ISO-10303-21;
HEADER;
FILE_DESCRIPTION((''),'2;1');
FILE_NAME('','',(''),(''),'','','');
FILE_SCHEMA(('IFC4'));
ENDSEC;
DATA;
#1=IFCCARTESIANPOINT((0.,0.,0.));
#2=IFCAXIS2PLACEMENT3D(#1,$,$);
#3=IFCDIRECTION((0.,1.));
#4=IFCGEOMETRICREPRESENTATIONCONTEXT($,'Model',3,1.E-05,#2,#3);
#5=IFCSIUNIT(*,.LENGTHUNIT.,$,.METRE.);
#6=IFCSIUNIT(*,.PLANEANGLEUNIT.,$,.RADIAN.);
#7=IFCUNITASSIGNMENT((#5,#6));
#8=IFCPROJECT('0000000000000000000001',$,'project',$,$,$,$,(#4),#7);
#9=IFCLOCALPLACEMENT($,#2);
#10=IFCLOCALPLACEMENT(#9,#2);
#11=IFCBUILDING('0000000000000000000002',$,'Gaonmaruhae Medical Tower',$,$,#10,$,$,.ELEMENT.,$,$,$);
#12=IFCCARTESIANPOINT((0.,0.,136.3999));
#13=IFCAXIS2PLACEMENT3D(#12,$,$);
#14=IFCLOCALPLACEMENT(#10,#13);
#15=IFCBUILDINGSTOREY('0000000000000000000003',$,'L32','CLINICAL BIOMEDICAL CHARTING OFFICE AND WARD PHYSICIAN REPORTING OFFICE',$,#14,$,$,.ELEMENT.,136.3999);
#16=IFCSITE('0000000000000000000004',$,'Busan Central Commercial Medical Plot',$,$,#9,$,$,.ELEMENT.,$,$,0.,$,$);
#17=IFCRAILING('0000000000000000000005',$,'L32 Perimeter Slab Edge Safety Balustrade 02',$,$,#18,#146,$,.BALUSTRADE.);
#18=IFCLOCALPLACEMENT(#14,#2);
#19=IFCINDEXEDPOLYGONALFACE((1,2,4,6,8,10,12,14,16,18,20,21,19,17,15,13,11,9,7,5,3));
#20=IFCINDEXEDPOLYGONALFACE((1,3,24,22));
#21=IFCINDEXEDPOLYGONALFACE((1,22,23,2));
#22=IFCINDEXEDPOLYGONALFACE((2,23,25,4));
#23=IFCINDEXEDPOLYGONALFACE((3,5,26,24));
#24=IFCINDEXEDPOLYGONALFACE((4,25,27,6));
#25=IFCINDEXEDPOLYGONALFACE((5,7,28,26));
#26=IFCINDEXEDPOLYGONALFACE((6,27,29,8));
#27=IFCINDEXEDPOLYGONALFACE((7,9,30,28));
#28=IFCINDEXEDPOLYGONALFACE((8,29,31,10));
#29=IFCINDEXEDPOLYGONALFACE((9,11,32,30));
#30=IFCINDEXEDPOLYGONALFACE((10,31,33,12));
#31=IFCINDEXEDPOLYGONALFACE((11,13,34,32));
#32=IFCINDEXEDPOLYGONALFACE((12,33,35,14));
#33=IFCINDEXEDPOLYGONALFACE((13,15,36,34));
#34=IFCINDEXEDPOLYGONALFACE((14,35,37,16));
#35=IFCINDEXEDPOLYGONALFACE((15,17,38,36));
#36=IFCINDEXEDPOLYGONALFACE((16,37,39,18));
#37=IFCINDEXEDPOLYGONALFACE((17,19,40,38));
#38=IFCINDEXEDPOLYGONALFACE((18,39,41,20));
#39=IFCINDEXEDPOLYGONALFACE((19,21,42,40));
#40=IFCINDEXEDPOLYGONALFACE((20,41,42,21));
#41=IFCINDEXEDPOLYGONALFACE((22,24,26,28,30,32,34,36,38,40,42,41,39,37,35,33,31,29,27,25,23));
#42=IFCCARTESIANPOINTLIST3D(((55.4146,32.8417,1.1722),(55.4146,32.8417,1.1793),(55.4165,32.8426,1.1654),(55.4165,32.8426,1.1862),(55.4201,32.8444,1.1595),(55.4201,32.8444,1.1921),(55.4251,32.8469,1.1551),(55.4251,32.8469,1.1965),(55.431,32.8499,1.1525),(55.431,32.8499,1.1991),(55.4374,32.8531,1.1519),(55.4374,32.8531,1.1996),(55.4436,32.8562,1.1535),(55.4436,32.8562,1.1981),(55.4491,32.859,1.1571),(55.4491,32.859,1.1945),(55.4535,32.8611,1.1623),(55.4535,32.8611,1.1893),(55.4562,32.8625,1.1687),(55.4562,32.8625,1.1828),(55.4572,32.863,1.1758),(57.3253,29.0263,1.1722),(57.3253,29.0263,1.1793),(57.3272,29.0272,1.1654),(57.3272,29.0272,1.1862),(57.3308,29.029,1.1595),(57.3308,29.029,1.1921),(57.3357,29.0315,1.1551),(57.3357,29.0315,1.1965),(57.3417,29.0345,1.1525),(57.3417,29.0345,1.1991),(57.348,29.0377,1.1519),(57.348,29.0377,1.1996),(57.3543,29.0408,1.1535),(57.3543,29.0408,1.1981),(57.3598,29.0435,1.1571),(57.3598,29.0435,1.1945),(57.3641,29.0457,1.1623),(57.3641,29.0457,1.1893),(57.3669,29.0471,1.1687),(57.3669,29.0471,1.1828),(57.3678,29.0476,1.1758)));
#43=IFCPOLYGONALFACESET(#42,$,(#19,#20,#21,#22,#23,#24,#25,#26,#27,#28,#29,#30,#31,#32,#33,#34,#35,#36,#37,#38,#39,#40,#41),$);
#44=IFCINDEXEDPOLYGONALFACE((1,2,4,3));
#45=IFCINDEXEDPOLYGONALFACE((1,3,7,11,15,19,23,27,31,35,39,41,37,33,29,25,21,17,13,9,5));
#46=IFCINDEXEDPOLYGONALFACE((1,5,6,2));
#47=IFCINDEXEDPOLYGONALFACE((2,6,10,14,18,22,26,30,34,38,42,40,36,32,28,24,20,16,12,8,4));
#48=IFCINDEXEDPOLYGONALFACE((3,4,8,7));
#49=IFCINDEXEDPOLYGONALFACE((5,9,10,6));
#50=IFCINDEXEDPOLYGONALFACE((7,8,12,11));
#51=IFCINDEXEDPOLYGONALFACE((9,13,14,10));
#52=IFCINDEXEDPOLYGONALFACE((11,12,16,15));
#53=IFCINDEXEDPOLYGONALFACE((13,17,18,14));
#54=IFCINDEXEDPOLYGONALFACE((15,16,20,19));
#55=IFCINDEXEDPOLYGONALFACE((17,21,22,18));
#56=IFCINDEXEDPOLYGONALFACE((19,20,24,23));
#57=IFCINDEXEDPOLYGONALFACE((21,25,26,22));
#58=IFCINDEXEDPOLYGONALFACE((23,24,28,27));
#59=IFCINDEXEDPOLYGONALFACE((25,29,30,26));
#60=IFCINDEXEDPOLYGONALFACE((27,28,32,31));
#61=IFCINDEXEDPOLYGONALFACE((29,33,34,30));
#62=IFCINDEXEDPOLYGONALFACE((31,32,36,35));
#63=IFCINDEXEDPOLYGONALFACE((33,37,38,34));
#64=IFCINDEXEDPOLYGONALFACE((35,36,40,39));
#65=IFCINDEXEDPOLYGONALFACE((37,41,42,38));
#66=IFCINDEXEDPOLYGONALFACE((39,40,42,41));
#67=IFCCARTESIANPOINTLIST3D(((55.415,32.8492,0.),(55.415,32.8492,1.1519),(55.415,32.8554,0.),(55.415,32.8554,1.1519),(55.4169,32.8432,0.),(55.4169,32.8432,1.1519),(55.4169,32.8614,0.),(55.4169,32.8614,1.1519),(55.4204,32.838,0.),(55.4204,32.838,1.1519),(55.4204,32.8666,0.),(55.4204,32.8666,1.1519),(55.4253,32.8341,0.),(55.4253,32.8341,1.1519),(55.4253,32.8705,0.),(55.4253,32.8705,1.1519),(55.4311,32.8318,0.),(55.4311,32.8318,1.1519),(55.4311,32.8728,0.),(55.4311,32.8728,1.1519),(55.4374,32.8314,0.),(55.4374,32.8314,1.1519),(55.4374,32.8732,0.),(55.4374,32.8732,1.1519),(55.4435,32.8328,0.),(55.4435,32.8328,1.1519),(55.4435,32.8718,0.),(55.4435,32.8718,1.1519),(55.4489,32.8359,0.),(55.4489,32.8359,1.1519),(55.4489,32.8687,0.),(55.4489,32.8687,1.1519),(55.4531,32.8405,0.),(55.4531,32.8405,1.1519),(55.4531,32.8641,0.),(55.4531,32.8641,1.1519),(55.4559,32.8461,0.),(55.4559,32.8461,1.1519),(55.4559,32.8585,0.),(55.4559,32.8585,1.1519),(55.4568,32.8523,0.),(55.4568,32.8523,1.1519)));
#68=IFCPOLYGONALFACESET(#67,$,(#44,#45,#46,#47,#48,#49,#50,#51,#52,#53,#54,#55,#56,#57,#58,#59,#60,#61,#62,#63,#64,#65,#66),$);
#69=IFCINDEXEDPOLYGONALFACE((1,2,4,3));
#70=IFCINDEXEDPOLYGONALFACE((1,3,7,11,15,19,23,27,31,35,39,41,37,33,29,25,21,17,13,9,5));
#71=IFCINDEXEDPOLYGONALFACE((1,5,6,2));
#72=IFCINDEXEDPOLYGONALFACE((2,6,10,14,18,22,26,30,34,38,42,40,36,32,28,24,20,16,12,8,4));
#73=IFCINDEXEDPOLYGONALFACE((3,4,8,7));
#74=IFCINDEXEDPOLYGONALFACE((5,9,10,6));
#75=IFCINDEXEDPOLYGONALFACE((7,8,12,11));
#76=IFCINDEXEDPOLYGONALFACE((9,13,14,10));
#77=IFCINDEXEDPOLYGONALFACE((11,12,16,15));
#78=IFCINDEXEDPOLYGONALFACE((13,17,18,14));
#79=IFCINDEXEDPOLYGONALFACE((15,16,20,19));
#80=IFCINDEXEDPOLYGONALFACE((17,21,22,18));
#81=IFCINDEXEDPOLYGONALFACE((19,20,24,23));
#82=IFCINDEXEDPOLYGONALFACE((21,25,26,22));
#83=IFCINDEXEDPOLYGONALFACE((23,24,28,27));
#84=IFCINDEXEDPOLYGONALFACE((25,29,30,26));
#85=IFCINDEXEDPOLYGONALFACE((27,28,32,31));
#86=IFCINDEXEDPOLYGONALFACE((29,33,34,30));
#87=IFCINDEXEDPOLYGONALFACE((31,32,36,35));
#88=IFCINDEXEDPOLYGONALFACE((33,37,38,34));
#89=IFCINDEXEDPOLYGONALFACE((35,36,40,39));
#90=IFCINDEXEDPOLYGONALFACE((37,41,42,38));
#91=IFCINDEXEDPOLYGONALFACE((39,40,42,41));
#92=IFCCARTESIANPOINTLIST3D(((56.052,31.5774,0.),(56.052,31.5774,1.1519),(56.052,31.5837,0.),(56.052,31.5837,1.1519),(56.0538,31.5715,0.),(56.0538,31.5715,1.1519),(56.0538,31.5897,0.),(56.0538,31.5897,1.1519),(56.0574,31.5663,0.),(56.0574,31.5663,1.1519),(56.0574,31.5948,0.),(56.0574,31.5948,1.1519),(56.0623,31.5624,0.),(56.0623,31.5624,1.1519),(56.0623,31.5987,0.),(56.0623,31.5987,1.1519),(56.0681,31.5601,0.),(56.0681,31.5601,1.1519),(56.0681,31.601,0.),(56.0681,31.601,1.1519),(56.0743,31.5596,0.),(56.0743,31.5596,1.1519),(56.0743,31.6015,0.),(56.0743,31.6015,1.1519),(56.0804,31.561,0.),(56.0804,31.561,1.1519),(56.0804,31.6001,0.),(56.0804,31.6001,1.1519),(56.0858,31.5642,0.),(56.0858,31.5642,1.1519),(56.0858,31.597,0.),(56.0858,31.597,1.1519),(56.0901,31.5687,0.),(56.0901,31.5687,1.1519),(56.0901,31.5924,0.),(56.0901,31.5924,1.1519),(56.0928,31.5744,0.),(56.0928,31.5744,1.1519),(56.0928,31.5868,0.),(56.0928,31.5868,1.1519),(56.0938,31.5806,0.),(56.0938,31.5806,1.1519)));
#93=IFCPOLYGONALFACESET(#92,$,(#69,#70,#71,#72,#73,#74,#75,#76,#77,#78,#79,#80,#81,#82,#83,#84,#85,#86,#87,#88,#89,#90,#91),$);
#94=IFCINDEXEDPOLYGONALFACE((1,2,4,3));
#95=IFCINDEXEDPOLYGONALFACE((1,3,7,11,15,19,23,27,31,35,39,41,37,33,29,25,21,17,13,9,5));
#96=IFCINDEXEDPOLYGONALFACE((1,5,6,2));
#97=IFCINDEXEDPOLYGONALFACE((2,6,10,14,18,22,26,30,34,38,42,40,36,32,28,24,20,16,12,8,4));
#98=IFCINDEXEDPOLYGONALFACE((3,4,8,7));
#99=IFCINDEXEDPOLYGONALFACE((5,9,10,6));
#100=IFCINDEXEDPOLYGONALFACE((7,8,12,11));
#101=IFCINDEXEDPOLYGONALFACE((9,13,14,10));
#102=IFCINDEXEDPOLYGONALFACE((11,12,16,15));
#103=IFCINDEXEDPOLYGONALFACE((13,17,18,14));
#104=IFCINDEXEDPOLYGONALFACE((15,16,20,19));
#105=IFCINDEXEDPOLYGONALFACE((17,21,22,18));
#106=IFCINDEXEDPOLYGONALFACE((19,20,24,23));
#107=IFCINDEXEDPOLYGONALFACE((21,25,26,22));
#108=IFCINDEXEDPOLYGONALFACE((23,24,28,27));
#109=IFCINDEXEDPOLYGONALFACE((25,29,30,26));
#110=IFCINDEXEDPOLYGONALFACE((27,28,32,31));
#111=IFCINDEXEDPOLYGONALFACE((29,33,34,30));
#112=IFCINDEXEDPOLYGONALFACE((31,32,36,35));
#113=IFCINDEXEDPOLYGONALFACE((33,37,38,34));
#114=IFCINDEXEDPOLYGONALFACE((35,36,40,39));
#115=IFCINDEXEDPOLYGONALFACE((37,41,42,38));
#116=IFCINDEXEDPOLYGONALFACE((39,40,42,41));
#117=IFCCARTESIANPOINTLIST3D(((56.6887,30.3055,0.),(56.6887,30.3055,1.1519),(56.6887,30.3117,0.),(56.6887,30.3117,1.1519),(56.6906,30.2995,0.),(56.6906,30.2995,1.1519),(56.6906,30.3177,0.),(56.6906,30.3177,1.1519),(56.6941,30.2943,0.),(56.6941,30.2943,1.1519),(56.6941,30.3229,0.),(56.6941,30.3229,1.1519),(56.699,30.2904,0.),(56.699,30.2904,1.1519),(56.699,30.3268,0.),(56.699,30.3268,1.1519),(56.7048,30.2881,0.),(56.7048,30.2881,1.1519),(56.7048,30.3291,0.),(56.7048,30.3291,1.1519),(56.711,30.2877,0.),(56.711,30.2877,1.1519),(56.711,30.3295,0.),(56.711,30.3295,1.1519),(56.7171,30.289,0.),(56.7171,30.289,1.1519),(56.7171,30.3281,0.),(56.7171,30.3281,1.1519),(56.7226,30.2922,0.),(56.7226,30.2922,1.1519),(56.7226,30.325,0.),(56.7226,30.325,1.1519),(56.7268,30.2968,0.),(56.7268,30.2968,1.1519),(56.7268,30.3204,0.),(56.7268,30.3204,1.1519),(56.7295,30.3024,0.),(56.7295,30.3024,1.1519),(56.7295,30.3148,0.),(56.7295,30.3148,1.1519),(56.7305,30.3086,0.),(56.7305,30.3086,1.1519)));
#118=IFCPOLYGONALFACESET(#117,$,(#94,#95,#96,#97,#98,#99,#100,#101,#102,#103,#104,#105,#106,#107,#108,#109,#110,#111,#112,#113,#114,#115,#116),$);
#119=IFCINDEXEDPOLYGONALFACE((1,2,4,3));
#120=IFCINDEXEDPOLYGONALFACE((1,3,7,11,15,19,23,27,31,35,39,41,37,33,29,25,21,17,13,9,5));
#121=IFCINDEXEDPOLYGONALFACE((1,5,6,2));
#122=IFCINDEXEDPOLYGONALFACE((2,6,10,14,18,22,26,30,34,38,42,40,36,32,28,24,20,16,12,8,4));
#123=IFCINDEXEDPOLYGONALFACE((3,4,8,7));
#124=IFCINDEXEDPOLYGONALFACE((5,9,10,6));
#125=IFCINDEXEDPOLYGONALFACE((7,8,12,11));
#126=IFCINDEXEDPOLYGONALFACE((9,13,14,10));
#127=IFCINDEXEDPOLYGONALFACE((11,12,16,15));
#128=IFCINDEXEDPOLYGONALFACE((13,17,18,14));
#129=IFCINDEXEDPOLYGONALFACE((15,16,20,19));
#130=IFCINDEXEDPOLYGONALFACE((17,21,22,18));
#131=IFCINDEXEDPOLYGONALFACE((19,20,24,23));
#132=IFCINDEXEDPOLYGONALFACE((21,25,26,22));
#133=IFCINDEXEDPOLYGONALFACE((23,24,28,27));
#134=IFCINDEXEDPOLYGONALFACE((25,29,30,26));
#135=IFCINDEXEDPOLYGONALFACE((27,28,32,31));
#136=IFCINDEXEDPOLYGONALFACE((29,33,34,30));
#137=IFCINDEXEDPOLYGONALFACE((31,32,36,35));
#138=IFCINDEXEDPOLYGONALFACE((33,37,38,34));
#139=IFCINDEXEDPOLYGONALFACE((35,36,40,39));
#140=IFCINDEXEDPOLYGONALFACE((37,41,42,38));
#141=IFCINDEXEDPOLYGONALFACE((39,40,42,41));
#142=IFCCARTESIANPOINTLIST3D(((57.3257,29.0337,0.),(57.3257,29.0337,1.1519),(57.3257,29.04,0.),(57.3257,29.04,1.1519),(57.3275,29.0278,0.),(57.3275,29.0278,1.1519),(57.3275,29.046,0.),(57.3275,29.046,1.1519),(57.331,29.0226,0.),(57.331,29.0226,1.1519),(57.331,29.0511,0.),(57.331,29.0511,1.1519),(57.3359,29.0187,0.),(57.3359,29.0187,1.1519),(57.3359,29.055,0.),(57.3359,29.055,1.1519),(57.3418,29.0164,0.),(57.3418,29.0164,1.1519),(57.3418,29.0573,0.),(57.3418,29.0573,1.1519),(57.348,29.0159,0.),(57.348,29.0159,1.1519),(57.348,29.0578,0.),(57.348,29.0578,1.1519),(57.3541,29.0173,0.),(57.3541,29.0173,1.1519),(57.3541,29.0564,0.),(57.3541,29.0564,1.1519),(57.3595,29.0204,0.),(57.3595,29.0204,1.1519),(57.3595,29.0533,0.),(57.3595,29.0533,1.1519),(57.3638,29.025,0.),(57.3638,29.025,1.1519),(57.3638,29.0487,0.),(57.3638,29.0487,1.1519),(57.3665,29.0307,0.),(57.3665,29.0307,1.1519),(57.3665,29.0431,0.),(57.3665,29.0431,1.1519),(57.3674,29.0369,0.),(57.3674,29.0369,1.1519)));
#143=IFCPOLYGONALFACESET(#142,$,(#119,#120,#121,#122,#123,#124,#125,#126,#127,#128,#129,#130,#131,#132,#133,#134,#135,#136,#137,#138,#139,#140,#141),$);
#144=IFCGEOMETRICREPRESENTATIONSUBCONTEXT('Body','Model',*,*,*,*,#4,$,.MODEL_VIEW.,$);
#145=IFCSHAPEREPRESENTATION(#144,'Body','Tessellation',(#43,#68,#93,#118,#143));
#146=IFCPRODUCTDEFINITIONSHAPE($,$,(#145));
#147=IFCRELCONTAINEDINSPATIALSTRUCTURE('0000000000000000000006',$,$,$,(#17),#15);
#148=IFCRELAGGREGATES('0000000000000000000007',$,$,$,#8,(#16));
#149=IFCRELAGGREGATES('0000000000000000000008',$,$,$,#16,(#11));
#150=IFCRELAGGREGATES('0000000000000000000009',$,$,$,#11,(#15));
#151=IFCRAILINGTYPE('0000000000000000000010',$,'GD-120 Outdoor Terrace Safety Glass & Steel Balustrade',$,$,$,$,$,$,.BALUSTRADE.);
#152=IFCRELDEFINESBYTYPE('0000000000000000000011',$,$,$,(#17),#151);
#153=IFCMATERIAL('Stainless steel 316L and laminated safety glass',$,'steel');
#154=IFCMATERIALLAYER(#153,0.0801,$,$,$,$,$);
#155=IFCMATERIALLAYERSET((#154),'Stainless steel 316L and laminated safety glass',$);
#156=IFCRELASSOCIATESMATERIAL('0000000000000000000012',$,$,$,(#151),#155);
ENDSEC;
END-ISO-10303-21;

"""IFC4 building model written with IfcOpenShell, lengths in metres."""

from ifc_helpers import new_model, si_unit, direction, frame, origin, origin_2d, place, context, subcontext, project, spatial, circle, extrude, material, layer, layer_set, type_object, element, save


model = new_model("IFC4")

# Units and contexts
model_context = context("Model", 3, precision=1e-05, world=origin(), true_north=direction((0.0, 1.0)))
body_context = subcontext(model_context, "Body", "Model", "MODEL_VIEW")
ifc_project = project(units=[si_unit("LENGTHUNIT", "METRE"), si_unit("PLANEANGLEUNIT", "RADIAN")], contexts=[model_context])

# Site, building, storey
site_placement = place(None, origin())
site = spatial("IfcSite", under=ifc_project, at=site_placement, Name="Busan Central Commercial Medical Plot", CompositionType="ELEMENT", RefElevation=0.0)
building_placement = place(site_placement, origin())
building = spatial("IfcBuilding", under=site, at=building_placement, Name="Gaonmaruhae Medical Tower", CompositionType="ELEMENT")
storey_placement = place(building_placement, frame((0.0, 0.0, 136.3999)))
storey = spatial("IfcBuildingStorey", under=building, at=storey_placement, Name="L32", Description="CLINICAL BIOMEDICAL CHARTING OFFICE AND WARD PHYSICIAN REPORTING OFFICE", CompositionType="ELEMENT", Elevation=136.3999)

# Railing
ifc_material_1 = material(Name="Stainless steel 316L and laminated safety glass", Category="steel")
ifc_layer_1 = layer(ifc_material_1, 0.0801)
ifc_layer_set_1 = layer_set([ifc_layer_1], Name="Stainless steel 316L and laminated safety glass")
railing_type = type_object("IfcRailingType", Name="GD-120 Outdoor Terrace Safety Glass & Steel Balustrade", PredefinedType="BALUSTRADE", material=ifc_layer_set_1)
railing_1_placement = place(storey_placement, frame((55.4358, 32.8523, 0.0)))
element("IfcRailing", 1, at=railing_1_placement, inside=storey, type_object=railing_type, Name="L32 Perimeter Slab Edge Safety Balustrade 02", PredefinedType="BALUSTRADE", context=body_context, shape_type="SweptSolid", body=[
    extrude(circle(Radius=0.0239, at=origin_2d()), frame((0.0, 0.0, 1.1758), z_axis=(0.447763, -0.894152, 0.0), x_axis=(0.894152, 0.447763, 0.0)), (0.0, 0.0, 1.0), 4.2671),
    extrude(circle(Radius=0.021, at=origin_2d()), origin(), (0.0, 0.0, 1.0), 1.1519),
    extrude(circle(Radius=0.021, at=origin_2d()), frame((0.637, -1.2717, 0.0)), (0.0, 0.0, 1.0), 1.1519),
    extrude(circle(Radius=0.021, at=origin_2d()), frame((1.2737, -2.5437, 0.0)), (0.0, 0.0, 1.0), 1.1519),
    extrude(circle(Radius=0.021, at=origin_2d()), frame((1.9106, -3.8154, 0.0)), (0.0, 0.0, 1.0), 1.1519),
])

save(model, "model.ifc")
